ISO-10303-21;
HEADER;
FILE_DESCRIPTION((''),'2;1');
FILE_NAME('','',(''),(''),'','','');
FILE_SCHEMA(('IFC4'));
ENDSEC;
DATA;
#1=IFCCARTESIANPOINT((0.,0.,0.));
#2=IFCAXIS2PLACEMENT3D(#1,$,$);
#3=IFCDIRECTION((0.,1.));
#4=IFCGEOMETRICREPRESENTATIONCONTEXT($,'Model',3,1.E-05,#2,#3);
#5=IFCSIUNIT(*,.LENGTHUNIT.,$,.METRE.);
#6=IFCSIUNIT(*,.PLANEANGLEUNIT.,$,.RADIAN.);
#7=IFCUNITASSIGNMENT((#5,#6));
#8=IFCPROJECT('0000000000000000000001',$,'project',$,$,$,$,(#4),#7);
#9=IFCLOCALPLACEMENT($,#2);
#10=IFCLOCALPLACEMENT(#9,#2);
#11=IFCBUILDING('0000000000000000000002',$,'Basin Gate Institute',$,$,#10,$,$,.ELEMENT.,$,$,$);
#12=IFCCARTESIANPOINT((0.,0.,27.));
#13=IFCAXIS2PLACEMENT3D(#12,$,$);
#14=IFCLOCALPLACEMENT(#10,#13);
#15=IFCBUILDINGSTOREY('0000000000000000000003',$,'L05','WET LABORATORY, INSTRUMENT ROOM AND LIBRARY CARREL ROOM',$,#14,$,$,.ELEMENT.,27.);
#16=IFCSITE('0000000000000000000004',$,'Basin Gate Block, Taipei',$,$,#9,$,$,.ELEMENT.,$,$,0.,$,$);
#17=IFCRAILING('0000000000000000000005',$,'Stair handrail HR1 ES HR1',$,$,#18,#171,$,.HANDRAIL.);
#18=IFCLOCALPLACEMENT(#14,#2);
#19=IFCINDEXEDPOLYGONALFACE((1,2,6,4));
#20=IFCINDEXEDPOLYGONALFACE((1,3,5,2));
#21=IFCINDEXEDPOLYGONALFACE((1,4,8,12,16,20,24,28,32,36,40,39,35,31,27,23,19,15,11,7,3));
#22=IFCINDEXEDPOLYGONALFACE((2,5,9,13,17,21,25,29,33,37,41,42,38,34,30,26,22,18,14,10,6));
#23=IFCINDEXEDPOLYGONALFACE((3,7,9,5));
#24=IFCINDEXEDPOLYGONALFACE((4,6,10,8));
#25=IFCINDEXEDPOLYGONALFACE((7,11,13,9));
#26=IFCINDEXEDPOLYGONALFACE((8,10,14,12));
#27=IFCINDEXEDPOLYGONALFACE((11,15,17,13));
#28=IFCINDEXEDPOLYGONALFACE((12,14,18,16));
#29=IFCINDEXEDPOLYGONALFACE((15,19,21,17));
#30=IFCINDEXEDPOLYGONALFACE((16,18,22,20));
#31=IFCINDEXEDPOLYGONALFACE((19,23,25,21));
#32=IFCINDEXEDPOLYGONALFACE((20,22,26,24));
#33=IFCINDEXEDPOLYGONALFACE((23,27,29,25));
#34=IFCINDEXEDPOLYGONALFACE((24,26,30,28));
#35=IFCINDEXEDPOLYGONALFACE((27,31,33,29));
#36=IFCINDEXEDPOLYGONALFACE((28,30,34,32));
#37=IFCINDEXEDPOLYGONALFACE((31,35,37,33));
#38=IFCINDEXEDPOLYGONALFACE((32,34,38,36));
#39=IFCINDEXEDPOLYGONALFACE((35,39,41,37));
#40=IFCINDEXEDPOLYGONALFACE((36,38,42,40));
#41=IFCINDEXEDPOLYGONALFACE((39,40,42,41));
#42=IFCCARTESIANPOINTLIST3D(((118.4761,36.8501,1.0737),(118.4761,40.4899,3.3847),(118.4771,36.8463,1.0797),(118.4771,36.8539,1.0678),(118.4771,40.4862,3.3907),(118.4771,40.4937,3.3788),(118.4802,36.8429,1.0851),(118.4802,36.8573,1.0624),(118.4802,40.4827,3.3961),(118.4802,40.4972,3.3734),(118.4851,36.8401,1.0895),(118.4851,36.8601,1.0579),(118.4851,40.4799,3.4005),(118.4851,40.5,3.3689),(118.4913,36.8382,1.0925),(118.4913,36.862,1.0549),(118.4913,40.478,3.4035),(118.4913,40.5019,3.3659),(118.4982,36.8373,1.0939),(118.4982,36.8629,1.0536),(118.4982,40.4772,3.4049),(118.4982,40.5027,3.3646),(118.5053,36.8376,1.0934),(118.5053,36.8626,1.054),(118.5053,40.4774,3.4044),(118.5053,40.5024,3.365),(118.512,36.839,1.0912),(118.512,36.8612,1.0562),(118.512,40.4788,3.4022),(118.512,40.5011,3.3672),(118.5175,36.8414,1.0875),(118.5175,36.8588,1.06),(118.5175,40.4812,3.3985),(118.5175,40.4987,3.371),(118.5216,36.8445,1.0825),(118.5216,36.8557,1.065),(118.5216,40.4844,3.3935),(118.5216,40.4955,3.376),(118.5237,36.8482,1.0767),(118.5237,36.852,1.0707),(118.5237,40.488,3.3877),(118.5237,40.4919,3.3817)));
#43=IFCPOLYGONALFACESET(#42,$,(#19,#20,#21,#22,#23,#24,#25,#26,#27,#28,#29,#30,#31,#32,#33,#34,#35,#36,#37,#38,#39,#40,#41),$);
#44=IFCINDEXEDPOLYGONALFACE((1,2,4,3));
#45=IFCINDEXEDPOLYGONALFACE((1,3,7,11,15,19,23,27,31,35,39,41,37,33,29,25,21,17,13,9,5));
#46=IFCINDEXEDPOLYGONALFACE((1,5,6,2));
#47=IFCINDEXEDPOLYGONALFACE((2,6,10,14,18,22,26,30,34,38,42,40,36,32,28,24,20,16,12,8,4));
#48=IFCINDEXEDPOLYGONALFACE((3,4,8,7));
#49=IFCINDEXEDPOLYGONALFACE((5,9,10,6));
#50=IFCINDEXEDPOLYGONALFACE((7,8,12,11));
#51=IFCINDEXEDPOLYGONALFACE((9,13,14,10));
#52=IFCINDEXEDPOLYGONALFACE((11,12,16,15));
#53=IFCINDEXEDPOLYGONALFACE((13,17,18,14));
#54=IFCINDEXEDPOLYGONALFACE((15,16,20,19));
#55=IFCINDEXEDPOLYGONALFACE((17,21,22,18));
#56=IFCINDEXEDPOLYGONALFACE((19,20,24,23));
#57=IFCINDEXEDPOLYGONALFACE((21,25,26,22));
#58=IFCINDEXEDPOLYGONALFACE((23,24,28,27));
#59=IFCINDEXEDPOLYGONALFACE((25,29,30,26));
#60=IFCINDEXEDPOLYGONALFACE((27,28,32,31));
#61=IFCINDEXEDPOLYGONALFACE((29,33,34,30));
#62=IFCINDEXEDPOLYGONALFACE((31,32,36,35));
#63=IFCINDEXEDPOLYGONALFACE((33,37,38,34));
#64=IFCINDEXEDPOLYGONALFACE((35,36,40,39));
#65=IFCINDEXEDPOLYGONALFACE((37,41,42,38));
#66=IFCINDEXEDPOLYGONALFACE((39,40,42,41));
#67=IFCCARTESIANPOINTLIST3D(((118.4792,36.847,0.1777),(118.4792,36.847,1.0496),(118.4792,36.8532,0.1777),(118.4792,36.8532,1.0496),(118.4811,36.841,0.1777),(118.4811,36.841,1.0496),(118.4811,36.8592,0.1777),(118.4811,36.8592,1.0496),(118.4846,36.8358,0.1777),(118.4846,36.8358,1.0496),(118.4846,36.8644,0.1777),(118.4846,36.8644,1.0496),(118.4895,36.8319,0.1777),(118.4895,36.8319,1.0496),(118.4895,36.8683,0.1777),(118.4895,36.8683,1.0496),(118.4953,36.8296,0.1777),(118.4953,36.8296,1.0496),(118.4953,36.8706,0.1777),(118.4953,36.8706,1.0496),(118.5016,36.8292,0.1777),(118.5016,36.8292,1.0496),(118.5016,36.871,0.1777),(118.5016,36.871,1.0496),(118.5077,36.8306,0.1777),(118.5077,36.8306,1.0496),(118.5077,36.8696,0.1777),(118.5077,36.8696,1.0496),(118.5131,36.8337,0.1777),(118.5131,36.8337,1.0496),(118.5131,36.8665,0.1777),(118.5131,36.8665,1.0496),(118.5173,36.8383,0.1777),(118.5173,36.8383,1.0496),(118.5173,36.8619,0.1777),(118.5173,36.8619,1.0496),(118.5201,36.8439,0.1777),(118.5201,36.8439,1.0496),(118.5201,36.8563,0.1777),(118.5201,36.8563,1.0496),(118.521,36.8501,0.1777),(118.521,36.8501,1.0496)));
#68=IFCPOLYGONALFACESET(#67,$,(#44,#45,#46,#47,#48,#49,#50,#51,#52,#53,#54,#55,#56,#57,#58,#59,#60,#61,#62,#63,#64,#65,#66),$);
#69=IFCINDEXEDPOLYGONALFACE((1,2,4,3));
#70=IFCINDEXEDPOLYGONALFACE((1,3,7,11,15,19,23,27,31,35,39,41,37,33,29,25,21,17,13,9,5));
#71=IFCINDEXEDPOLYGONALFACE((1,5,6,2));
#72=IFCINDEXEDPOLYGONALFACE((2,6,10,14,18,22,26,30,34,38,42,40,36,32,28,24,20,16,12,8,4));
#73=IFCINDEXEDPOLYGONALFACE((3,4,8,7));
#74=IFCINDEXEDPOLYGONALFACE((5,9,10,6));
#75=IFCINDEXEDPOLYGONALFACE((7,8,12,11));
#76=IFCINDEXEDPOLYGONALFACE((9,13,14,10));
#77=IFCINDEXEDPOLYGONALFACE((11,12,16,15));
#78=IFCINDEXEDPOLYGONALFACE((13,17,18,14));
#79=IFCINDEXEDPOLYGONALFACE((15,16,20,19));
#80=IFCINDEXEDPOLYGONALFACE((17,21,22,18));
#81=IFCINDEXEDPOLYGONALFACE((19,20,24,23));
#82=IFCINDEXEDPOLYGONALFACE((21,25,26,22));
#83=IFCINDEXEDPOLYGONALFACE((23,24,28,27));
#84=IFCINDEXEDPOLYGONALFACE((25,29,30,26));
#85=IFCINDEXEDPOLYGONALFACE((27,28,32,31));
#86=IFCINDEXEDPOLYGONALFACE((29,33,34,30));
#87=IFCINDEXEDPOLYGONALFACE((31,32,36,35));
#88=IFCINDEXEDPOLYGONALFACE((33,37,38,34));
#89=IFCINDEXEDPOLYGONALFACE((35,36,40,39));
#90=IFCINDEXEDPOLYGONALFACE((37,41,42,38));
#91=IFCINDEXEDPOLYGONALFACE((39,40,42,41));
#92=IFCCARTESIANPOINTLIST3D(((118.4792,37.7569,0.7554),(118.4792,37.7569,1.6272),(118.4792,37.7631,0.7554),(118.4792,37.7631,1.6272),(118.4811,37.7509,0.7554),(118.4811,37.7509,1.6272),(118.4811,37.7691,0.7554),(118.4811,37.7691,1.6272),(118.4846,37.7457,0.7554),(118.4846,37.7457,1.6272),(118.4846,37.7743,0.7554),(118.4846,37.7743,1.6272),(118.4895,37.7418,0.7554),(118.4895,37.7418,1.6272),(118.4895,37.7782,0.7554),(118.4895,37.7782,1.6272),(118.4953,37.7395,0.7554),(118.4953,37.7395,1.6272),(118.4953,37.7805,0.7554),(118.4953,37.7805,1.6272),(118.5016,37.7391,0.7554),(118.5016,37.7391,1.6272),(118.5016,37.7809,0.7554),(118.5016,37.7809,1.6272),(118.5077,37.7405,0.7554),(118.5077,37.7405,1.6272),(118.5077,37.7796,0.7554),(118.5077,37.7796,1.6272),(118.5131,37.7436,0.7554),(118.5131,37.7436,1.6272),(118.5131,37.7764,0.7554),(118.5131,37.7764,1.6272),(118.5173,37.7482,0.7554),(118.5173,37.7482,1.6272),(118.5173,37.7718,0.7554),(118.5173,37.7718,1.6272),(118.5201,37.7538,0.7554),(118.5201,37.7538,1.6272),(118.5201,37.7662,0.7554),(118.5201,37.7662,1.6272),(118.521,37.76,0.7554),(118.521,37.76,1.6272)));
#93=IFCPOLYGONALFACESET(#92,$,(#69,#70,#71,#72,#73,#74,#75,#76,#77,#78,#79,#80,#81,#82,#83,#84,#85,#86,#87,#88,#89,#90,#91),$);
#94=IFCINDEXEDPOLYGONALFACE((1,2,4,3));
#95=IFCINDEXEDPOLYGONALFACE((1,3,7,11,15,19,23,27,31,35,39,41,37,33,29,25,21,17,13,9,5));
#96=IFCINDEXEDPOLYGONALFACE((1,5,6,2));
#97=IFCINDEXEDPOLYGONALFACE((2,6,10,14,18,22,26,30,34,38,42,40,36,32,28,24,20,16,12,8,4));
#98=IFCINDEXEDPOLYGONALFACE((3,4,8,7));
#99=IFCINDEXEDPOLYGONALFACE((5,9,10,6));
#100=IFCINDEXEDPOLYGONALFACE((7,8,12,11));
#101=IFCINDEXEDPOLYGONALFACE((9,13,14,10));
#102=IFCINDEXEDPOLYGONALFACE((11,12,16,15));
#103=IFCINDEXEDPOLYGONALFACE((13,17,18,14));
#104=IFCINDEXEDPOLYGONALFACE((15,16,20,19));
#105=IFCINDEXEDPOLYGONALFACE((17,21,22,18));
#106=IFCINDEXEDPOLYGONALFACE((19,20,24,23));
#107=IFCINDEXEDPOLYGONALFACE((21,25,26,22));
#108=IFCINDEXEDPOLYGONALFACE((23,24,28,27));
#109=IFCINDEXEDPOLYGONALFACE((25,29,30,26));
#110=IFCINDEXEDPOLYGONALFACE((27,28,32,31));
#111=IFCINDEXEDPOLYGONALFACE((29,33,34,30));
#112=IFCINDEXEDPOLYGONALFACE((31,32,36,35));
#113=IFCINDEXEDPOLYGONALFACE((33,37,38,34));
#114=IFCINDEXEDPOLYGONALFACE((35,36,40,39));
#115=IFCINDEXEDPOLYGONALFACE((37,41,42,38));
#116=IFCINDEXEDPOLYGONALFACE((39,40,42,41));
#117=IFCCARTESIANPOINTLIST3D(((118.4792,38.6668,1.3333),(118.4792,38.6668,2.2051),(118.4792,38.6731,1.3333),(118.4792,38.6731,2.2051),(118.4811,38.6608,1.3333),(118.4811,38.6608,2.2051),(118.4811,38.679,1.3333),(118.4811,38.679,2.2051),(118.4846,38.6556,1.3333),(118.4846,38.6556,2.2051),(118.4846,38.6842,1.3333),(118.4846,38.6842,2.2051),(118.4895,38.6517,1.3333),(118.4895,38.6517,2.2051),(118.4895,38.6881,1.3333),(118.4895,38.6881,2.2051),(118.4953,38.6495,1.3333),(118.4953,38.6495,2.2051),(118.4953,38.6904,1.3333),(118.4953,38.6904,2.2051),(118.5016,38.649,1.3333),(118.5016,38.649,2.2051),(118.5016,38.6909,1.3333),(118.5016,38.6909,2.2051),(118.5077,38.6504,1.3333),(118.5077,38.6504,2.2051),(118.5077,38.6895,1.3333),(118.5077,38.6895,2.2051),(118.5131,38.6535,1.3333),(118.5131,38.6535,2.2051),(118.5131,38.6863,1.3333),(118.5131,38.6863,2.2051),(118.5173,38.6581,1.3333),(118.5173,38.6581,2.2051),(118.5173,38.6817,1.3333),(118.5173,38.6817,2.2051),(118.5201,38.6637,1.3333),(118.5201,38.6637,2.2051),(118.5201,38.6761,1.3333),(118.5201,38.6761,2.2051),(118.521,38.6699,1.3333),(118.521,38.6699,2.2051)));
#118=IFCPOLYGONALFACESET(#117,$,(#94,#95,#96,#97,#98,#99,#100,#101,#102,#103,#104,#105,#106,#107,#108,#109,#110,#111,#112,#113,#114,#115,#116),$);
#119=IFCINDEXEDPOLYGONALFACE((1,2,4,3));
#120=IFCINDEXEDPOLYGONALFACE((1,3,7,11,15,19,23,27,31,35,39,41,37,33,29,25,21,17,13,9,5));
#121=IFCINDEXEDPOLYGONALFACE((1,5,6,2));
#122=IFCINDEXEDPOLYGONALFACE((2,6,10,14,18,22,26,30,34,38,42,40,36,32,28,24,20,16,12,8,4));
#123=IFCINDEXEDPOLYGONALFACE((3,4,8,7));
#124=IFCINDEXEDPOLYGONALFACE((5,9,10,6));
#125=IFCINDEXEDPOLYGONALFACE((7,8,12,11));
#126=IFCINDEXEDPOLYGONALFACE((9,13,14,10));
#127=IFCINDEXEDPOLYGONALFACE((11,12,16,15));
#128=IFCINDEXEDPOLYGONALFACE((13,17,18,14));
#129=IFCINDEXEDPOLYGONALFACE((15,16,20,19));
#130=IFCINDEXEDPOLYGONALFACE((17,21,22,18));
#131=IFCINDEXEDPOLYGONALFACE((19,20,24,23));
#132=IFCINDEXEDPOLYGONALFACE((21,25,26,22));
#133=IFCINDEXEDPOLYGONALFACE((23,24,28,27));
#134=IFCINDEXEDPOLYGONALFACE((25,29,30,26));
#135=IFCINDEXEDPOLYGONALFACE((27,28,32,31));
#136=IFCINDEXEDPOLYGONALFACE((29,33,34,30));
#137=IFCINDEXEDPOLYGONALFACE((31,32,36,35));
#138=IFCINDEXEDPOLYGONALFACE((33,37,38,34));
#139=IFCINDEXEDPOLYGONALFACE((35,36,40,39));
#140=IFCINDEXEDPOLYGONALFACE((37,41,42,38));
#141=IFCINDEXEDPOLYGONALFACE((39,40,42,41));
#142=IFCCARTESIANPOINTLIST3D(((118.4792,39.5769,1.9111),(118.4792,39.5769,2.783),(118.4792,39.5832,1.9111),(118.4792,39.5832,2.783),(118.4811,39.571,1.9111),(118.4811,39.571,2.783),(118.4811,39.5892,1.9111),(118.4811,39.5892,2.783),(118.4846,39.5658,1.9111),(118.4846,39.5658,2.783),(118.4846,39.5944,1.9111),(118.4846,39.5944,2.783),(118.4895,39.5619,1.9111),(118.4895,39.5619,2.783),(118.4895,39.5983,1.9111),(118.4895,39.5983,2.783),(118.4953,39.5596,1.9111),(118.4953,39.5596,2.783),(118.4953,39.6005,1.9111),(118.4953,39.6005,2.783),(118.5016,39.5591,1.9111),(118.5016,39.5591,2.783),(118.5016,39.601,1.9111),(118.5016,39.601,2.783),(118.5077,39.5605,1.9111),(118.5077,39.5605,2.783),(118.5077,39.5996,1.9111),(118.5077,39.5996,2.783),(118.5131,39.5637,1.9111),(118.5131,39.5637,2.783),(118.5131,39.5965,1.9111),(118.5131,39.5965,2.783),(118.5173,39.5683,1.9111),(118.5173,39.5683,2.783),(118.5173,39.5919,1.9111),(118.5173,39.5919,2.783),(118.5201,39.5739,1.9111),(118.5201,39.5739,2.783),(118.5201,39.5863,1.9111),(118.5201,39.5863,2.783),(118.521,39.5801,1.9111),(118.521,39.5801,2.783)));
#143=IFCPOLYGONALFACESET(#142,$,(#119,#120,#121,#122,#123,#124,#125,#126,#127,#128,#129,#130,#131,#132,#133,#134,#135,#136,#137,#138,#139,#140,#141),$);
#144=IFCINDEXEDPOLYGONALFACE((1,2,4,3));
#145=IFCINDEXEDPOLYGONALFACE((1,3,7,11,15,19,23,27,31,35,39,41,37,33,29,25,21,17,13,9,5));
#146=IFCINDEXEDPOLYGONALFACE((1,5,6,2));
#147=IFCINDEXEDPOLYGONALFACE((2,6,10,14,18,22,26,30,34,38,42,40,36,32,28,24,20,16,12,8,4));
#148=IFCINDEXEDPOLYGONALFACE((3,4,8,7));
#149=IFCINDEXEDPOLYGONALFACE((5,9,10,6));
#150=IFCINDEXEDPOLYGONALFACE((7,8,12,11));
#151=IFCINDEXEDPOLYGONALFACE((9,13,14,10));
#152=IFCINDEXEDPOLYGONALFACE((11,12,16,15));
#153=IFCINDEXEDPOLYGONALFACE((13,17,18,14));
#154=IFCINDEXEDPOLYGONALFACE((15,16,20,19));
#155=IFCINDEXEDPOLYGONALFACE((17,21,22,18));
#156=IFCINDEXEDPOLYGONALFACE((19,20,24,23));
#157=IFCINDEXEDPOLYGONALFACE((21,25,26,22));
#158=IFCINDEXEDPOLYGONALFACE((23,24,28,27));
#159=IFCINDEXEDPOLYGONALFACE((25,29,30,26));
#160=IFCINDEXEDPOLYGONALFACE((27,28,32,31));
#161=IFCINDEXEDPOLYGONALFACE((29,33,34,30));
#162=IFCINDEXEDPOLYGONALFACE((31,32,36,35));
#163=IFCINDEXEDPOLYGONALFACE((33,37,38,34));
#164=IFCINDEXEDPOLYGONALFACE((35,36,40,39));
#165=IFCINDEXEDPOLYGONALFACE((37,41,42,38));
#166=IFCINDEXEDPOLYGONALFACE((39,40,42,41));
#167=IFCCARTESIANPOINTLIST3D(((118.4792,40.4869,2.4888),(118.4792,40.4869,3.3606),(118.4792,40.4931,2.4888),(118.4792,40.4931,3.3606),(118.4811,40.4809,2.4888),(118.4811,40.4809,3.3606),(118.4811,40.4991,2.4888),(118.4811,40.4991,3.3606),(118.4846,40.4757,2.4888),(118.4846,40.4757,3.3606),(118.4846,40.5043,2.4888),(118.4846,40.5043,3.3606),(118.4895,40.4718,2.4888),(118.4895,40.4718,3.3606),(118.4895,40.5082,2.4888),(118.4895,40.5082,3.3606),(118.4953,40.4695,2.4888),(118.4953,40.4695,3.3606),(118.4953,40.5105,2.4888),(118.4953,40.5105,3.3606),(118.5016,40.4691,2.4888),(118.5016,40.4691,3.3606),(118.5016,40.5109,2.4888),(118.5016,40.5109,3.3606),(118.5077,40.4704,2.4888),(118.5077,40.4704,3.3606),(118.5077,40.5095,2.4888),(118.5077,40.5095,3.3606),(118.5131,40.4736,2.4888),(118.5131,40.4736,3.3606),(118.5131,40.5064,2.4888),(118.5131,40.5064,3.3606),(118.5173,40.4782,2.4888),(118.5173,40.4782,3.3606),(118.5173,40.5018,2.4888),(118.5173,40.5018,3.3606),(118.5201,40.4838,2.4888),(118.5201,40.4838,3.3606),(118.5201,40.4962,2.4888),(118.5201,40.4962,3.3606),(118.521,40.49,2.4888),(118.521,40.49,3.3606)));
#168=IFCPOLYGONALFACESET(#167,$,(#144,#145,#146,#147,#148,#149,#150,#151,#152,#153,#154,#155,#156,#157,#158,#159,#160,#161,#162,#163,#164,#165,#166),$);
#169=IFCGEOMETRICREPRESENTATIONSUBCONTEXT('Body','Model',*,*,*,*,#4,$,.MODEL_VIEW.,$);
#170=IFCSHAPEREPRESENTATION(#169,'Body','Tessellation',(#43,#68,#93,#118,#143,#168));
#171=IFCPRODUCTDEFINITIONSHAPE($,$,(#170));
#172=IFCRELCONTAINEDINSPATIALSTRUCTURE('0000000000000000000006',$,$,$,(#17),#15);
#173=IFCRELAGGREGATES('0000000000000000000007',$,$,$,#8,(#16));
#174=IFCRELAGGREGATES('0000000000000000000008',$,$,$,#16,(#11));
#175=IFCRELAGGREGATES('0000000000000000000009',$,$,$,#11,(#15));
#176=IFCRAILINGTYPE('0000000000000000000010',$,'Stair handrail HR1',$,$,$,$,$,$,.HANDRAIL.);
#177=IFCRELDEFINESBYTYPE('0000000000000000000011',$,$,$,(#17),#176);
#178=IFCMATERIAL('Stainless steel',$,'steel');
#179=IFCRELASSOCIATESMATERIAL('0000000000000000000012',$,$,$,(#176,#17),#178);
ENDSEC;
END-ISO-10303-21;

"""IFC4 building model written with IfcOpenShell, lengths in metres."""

from ifc_helpers import new_model, si_unit, direction, frame, origin, origin_2d, place, context, subcontext, project, spatial, circle, extrude, material, type_object, element, save


model = new_model("IFC4")

# Units and contexts
model_context = context("Model", 3, precision=1e-05, world=origin(), true_north=direction((0.0, 1.0)))
body_context = subcontext(model_context, "Body", "Model", "MODEL_VIEW")
ifc_project = project(units=[si_unit("LENGTHUNIT", "METRE"), si_unit("PLANEANGLEUNIT", "RADIAN")], contexts=[model_context])

# Site, building, storey
site_placement = place(None, origin())
site = spatial("IfcSite", under=ifc_project, at=site_placement, Name="Basin Gate Block, Taipei", CompositionType="ELEMENT", RefElevation=0.0)
building_placement = place(site_placement, origin())
building = spatial("IfcBuilding", under=site, at=building_placement, Name="Basin Gate Institute", CompositionType="ELEMENT")
storey_placement = place(building_placement, frame((0.0, 0.0, 27.0)))
storey = spatial("IfcBuildingStorey", under=building, at=storey_placement, Name="L05", Description="WET LABORATORY, INSTRUMENT ROOM AND LIBRARY CARREL ROOM", CompositionType="ELEMENT", Elevation=27.0)

# Railing
ifc_material_1 = material(Name="Stainless steel", Category="steel")
railing_type_1 = type_object("IfcRailingType", Name="Stair handrail HR1", PredefinedType="HANDRAIL", material=ifc_material_1)
for number, where, name in (
    (1, (118.5, 36.8501, 0.1777), "Stair handrail HR1 ES HR1"),
):
    element("IfcRailing", number, at=place(storey_placement, frame(where)), inside=storey, type_object=railing_type_1, material=ifc_material_1, Name=name, PredefinedType="HANDRAIL", context=body_context, shape_type="SweptSolid", body=[
        extrude(circle(Radius=0.0239, at=origin_2d()), frame((0.0, 0.0, 0.896), z_axis=(0.0, 0.844214, 0.536007), x_axis=(-1.0, 0.0, 0.0)), (0.0, 0.0, 1.0), 4.3115),
        extrude(circle(Radius=0.021, at=origin_2d()), origin(), (0.0, 0.0, 1.0), 0.8718),
        extrude(circle(Radius=0.021, at=origin_2d()), frame((0.0, 0.9099, 0.5776)), (0.0, 0.0, 1.0), 0.8718),
        extrude(circle(Radius=0.021, at=origin_2d()), frame((0.0, 1.8198, 1.1555)), (0.0, 0.0, 1.0), 0.8718),
        extrude(circle(Radius=0.021, at=origin_2d()), frame((0.0, 2.73, 1.7334)), (0.0, 0.0, 1.0), 0.8718),
        extrude(circle(Radius=0.021, at=origin_2d()), frame((0.0, 3.6399, 2.311)), (0.0, 0.0, 1.0), 0.8718),
    ])

save(model, "model.ifc")
